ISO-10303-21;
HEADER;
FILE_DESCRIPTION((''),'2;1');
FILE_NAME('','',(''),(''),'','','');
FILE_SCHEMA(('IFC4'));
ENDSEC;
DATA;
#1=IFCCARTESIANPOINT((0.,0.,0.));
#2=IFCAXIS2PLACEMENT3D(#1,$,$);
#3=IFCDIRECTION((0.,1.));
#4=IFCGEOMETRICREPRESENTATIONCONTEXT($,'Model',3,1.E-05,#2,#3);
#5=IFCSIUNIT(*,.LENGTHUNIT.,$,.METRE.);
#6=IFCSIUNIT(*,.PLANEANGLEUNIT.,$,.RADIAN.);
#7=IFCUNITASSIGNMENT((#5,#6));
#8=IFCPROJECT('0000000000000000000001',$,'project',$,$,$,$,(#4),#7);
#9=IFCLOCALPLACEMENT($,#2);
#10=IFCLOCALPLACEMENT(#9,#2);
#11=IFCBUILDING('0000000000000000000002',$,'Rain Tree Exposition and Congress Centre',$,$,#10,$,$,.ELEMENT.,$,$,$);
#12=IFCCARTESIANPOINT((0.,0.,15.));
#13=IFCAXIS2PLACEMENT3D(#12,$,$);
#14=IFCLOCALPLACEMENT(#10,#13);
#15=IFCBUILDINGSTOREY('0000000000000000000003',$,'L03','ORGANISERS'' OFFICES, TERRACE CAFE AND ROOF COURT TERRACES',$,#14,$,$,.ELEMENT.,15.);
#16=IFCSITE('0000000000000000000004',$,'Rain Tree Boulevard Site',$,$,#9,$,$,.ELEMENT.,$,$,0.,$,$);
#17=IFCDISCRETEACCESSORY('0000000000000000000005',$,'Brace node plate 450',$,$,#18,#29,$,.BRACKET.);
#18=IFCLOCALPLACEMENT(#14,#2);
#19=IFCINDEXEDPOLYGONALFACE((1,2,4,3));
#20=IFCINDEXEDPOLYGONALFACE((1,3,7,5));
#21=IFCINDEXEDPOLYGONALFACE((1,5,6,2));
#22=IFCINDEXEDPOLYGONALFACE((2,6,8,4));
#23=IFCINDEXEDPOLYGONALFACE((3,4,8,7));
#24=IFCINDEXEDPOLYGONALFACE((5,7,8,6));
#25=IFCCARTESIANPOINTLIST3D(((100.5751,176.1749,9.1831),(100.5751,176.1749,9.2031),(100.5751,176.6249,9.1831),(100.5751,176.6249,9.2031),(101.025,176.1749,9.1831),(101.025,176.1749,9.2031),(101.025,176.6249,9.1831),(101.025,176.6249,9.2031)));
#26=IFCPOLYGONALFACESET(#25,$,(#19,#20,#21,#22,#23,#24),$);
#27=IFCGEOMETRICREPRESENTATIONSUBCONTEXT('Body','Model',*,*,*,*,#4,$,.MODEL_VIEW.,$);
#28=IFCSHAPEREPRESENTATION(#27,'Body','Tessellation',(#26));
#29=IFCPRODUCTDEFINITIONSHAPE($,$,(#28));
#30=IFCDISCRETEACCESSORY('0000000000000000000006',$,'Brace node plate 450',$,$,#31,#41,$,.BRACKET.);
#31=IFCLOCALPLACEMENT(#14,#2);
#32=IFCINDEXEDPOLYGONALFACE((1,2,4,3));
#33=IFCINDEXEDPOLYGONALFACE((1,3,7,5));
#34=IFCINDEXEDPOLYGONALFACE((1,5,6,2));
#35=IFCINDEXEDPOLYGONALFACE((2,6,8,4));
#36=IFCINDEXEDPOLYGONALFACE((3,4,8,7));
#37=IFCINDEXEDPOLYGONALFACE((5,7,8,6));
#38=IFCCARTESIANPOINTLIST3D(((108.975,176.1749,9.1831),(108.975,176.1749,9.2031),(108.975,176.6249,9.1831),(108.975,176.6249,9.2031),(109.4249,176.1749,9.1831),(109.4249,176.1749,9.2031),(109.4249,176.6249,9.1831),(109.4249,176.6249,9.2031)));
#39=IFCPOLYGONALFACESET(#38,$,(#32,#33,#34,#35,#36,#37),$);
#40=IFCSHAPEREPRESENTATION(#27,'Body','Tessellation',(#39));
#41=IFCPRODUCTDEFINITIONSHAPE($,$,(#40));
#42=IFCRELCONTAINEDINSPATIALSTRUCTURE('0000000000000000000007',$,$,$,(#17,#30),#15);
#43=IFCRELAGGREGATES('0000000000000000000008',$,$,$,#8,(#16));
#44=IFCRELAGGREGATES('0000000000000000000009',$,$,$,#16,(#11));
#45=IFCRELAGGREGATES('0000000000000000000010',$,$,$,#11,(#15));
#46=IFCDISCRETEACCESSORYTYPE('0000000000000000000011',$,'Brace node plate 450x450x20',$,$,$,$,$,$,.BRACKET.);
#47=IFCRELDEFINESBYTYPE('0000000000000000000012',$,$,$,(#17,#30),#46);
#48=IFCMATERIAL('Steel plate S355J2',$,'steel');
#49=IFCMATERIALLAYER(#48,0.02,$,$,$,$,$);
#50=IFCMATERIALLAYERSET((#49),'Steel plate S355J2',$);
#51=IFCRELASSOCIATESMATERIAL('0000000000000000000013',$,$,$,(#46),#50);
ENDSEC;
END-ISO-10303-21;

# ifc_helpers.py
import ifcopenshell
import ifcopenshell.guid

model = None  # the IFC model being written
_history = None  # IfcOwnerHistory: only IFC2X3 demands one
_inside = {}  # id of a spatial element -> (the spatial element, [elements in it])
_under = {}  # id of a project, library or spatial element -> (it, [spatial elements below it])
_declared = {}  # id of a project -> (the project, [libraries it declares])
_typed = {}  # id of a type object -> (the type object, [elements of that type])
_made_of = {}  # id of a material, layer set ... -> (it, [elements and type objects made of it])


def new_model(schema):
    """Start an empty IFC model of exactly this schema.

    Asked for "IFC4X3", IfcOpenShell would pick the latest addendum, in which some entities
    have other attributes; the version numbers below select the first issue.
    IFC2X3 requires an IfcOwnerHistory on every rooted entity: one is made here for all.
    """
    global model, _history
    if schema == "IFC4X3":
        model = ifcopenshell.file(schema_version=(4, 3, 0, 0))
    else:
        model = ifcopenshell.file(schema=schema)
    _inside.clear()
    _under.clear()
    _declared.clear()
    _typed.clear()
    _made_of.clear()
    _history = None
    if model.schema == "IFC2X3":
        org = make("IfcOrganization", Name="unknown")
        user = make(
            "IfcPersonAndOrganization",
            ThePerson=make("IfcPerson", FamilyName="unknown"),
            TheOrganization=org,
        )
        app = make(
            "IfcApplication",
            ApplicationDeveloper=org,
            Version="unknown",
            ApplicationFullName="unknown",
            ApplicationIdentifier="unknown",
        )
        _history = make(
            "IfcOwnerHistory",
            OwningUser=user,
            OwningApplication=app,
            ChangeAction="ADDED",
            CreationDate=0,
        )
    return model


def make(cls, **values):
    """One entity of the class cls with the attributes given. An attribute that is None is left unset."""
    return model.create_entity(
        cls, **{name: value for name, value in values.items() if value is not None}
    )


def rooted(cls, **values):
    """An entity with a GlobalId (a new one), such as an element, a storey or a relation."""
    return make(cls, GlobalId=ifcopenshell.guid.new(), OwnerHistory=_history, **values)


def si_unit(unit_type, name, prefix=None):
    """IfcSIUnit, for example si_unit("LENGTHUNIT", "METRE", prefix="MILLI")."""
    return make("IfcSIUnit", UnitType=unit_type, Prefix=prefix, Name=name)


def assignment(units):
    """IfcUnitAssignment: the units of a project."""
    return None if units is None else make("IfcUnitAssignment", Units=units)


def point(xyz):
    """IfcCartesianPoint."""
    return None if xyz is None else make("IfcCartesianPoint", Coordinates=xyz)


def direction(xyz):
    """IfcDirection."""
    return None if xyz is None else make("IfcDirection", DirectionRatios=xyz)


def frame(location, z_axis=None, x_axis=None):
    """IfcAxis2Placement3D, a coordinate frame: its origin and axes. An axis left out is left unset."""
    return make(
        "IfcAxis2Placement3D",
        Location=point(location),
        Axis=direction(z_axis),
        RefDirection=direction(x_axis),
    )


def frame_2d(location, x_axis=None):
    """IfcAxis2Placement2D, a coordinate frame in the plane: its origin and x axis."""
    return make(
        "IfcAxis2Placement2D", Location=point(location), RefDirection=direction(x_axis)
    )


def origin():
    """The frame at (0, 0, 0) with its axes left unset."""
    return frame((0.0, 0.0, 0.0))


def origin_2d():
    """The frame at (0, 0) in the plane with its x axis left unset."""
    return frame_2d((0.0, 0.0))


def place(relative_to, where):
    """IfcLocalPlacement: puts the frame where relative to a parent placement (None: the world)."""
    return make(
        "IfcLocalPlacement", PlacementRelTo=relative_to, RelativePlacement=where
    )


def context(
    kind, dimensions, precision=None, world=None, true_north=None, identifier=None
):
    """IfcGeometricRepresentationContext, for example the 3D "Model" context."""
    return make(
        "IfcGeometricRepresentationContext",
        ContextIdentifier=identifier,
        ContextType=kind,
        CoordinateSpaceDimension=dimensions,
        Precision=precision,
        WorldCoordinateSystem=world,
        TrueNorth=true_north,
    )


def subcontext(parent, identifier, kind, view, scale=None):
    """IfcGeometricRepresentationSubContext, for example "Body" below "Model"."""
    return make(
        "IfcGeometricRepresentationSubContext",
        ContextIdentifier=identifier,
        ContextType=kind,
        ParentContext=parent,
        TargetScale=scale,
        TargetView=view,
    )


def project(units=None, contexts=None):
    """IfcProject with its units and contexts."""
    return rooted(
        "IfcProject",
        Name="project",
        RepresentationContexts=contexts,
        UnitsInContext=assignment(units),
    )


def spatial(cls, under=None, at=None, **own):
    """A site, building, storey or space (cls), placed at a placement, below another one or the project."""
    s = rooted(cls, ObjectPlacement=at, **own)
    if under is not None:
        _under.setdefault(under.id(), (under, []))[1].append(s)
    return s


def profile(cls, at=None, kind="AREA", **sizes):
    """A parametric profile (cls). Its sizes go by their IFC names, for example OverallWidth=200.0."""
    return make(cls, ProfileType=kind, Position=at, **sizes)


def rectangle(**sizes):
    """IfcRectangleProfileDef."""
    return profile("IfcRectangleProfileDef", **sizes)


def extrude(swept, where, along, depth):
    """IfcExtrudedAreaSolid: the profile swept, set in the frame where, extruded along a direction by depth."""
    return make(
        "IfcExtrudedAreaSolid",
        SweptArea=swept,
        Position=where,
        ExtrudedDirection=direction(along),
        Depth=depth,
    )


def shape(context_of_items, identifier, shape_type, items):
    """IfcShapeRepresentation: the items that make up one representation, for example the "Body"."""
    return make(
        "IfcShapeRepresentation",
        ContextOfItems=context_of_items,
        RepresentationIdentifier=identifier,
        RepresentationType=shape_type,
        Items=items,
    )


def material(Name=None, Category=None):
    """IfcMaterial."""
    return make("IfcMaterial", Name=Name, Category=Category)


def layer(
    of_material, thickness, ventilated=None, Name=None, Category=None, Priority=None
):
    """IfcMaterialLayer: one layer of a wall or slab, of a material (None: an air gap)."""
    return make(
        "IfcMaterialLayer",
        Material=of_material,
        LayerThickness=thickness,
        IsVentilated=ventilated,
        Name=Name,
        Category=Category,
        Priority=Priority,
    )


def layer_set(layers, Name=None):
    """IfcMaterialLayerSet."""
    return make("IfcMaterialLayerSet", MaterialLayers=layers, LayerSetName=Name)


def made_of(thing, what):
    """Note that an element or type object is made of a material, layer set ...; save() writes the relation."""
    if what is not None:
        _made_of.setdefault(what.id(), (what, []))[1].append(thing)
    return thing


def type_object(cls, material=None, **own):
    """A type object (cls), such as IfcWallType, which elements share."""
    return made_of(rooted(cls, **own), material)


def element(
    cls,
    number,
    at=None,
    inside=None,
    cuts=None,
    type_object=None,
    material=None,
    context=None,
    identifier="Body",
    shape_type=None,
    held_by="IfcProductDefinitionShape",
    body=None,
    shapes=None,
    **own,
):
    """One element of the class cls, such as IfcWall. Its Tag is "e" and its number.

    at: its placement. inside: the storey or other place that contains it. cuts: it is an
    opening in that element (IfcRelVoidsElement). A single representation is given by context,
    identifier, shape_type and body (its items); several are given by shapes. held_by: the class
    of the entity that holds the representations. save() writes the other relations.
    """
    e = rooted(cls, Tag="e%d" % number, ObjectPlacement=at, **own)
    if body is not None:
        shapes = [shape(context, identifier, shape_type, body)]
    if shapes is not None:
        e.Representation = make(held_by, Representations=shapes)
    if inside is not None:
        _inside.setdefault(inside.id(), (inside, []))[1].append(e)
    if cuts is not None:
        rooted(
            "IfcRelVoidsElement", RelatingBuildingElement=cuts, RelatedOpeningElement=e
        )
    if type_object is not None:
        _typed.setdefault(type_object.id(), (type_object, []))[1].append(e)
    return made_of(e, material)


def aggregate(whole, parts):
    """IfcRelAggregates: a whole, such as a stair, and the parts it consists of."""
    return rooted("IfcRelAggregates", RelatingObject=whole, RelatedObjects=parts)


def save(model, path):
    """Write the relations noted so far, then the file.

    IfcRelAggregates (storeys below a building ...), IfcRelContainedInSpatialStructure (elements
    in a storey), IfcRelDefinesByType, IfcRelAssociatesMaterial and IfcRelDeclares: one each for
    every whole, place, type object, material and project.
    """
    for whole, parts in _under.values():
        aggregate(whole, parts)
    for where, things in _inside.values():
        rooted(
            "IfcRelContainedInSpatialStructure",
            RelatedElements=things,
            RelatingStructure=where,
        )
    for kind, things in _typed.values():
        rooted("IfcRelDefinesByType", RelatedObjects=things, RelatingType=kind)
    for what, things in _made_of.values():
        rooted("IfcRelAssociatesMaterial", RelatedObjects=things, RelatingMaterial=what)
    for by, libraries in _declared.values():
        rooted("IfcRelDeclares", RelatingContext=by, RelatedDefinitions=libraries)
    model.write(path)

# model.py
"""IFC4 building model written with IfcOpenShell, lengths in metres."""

from ifc_helpers import new_model, si_unit, direction, frame, origin, origin_2d, place, context, subcontext, project, spatial, rectangle, extrude, material, layer, layer_set, type_object, element, save


model = new_model("IFC4")

# Units and contexts
model_context = context("Model", 3, precision=1e-05, world=origin(), true_north=direction((0.0, 1.0)))
body_context = subcontext(model_context, "Body", "Model", "MODEL_VIEW")
ifc_project = project(units=[si_unit("LENGTHUNIT", "METRE"), si_unit("PLANEANGLEUNIT", "RADIAN")], contexts=[model_context])

# Site, building, storey
site_placement = place(None, origin())
site = spatial("IfcSite", under=ifc_project, at=site_placement, Name="Rain Tree Boulevard Site", CompositionType="ELEMENT", RefElevation=0.0)
building_placement = place(site_placement, origin())
building = spatial("IfcBuilding", under=site, at=building_placement, Name="Rain Tree Exposition and Congress Centre", CompositionType="ELEMENT")
storey_placement = place(building_placement, frame((0.0, 0.0, 15.0)))
storey = spatial("IfcBuildingStorey", under=building, at=storey_placement, Name="L03", Description="ORGANISERS' OFFICES, TERRACE CAFE AND ROOF COURT TERRACES", CompositionType="ELEMENT", Elevation=15.0)

# Discrete accessories
ifc_material_1 = material(Name="Steel plate S355J2", Category="steel")
ifc_layer_1 = layer(ifc_material_1, 0.02)
ifc_layer_set_1 = layer_set([ifc_layer_1], Name="Steel plate S355J2")
discrete_accessory_type_1 = type_object("IfcDiscreteAccessoryType", Name="Brace node plate 450x450x20", PredefinedType="BRACKET", material=ifc_layer_set_1)
for number, where, z_axis, x_axis, name in (
    (1, (100.8, 176.3999, 9.1831), (0.0, 0.0, 1.0), (1.0, 0.0, 0.0), "Brace node plate 450"),
    (2, (109.2, 176.3999, 9.1831), (0.0, 0.0, 1.0), (1.0, 0.0, 0.0), "Brace node plate 450"),
):
    element("IfcDiscreteAccessory", number, at=place(storey_placement, frame(where, z_axis=z_axis, x_axis=x_axis)), inside=storey, type_object=discrete_accessory_type_1, Name=name, PredefinedType="BRACKET", context=body_context, shape_type="SweptSolid", body=[
        extrude(rectangle(XDim=0.45, YDim=0.45, at=origin_2d()), origin(), (0.0, 0.0, 1.0), 0.02),
    ])

save(model, "model.ifc")
